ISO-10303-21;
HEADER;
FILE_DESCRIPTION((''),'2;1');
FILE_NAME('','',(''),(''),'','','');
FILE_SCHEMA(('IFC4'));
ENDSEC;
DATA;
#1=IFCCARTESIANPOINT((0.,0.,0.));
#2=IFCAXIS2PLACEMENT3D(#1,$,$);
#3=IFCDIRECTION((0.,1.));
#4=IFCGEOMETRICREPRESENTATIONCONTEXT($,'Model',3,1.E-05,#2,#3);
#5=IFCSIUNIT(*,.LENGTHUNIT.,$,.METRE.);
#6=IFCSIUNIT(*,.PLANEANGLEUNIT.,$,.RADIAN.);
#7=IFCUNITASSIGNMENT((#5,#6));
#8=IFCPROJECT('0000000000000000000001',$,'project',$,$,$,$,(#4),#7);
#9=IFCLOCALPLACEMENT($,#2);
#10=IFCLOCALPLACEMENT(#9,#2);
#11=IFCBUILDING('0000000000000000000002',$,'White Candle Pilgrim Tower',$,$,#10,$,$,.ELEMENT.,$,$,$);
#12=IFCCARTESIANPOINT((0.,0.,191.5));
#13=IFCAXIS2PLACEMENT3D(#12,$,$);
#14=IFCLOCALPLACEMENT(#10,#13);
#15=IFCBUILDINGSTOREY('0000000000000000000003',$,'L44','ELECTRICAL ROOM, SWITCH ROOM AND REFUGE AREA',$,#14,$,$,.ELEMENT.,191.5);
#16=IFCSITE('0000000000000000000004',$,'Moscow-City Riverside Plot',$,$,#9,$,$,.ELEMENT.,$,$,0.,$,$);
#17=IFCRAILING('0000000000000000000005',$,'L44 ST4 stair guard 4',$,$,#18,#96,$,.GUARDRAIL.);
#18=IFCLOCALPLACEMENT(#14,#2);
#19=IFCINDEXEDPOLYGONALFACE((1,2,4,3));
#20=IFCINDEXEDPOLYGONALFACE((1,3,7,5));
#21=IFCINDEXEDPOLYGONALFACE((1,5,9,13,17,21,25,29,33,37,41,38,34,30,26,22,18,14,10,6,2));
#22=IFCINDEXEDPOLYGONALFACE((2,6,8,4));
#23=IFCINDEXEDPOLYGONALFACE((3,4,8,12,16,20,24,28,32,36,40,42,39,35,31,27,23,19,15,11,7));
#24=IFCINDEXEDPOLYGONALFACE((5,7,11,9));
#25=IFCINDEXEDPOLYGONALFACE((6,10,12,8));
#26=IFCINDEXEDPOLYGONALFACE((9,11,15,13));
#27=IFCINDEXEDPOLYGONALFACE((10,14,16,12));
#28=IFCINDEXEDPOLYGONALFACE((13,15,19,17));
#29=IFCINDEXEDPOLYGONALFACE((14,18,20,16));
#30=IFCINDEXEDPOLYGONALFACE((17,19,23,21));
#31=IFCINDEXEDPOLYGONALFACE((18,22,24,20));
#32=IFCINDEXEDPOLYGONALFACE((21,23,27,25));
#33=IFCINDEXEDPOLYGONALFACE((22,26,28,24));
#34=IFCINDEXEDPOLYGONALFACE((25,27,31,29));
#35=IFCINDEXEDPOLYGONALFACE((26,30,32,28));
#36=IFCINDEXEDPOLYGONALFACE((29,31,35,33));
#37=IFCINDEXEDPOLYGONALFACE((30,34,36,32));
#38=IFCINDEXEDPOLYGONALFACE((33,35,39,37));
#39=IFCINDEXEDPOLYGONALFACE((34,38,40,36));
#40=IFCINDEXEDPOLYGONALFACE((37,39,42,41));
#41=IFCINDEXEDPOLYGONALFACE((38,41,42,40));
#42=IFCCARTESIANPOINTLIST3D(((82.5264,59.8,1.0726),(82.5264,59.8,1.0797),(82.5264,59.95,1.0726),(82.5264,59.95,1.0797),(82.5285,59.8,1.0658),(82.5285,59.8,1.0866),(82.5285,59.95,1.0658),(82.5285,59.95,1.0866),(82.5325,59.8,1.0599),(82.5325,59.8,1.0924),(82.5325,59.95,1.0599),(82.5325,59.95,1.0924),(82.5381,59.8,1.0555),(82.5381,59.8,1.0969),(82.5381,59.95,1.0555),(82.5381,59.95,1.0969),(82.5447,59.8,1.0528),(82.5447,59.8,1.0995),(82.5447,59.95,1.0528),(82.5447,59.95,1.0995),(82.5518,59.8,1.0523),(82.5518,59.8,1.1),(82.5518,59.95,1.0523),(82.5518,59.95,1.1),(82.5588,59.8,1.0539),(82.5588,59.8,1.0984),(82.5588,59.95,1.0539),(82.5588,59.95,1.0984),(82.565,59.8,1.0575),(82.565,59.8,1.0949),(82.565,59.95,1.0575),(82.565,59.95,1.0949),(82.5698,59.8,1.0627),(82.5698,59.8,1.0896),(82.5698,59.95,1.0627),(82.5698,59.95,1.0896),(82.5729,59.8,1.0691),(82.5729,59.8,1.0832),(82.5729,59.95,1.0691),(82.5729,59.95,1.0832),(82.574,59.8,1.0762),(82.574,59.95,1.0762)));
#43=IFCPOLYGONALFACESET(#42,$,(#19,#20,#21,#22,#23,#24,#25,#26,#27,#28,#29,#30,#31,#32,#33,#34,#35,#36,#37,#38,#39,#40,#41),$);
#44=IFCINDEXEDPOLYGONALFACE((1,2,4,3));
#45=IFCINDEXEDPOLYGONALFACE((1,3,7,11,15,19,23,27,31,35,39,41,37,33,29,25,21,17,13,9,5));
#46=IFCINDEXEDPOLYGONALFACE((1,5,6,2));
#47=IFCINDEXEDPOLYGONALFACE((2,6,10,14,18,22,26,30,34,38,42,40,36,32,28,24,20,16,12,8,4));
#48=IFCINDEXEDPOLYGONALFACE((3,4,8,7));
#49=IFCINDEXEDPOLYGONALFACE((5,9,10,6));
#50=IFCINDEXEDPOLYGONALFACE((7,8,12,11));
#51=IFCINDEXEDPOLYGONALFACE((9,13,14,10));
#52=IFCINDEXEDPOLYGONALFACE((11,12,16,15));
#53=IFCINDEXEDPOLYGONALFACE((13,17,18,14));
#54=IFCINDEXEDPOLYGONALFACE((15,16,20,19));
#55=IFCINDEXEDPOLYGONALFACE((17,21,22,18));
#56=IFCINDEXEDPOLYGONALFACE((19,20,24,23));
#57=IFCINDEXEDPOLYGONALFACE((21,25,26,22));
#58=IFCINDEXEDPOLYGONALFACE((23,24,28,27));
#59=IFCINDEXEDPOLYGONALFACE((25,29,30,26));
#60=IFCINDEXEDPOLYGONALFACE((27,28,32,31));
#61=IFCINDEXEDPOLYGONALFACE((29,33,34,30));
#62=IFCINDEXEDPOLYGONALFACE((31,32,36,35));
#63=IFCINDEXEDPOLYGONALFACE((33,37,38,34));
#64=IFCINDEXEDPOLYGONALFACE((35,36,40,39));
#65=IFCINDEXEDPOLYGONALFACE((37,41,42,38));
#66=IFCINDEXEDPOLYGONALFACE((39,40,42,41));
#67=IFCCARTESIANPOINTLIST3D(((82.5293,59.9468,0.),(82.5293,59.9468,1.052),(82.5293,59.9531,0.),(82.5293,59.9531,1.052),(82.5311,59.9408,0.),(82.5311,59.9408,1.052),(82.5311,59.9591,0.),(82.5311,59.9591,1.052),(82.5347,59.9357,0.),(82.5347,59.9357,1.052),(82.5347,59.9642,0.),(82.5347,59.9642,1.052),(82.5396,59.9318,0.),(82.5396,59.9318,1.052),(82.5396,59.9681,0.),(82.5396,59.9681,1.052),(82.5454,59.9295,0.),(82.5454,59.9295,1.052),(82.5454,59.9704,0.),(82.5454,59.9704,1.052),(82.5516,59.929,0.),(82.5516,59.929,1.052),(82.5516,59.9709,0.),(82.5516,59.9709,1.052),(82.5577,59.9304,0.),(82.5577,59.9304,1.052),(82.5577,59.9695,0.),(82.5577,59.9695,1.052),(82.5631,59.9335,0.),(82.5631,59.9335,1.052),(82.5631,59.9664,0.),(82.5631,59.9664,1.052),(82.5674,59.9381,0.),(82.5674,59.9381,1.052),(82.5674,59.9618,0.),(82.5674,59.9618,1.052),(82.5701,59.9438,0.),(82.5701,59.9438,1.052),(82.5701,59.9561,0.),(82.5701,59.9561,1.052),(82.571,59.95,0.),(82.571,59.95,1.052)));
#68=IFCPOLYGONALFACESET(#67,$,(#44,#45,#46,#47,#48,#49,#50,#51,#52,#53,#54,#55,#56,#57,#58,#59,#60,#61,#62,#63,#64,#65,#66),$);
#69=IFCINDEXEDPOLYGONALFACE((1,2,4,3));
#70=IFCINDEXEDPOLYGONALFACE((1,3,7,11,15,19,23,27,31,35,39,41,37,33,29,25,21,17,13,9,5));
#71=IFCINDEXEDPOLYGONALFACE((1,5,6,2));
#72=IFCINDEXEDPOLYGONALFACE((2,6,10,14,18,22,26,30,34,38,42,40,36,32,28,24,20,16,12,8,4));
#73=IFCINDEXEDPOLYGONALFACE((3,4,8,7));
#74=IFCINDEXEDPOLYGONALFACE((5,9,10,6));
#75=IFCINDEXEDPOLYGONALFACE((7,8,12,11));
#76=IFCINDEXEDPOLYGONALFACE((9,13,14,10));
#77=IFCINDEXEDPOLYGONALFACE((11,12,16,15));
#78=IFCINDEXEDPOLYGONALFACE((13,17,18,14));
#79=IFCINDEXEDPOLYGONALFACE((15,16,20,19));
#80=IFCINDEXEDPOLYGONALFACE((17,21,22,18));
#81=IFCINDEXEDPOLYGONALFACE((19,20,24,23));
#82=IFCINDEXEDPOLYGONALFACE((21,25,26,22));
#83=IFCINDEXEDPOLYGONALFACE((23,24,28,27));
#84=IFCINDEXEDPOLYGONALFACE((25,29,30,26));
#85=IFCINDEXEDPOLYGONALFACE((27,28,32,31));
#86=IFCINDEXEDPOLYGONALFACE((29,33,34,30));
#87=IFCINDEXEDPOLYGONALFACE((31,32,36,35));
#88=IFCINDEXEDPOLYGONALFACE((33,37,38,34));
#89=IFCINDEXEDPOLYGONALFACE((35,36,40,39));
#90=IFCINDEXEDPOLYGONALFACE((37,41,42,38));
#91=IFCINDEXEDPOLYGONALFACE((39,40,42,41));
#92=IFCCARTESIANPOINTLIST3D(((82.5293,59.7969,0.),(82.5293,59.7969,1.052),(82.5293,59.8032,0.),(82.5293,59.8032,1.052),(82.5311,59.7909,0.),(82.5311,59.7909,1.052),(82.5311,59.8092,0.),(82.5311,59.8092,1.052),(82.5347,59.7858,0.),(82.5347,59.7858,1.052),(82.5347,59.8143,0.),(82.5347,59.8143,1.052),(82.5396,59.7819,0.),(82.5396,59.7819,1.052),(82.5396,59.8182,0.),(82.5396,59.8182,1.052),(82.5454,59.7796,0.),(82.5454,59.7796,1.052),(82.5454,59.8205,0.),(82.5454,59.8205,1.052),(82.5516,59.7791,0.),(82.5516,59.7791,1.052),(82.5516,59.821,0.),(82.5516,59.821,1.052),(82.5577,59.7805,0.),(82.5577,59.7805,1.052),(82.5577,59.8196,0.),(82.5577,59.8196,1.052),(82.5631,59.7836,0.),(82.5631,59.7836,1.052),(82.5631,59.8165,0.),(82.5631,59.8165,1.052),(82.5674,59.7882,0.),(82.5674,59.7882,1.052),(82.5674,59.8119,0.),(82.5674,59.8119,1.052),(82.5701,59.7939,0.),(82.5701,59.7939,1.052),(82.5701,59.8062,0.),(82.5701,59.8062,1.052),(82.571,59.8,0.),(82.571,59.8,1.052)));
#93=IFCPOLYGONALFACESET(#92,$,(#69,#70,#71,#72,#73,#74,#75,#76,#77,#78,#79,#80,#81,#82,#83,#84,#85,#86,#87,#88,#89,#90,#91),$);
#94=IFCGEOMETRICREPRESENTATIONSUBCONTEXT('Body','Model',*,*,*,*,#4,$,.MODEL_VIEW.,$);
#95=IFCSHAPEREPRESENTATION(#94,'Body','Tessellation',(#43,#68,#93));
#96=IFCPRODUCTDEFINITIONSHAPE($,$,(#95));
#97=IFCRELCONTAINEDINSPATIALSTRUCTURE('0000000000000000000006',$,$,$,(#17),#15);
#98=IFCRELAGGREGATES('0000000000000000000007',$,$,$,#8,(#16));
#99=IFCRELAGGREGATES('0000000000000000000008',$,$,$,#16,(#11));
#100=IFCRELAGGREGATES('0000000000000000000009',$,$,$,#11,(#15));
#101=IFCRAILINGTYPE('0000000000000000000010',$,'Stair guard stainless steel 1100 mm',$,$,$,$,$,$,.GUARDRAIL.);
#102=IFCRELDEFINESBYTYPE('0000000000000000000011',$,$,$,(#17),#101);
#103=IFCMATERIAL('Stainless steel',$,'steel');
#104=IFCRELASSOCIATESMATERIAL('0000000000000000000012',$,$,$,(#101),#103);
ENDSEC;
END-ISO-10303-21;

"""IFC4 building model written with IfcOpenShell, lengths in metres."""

from ifc_helpers import new_model, si_unit, direction, frame, origin, origin_2d, place, context, subcontext, project, spatial, circle, extrude, material, type_object, element, save


model = new_model("IFC4")

# Units and contexts
model_context = context("Model", 3, precision=1e-05, world=origin(), true_north=direction((0.0, 1.0)))
body_context = subcontext(model_context, "Body", "Model", "MODEL_VIEW")
ifc_project = project(units=[si_unit("LENGTHUNIT", "METRE"), si_unit("PLANEANGLEUNIT", "RADIAN")], contexts=[model_context])

# Site, building, storey
site_placement = place(None, origin())
site = spatial("IfcSite", under=ifc_project, at=site_placement, Name="Moscow-City Riverside Plot", CompositionType="ELEMENT", RefElevation=0.0)
building_placement = place(site_placement, origin())
building = spatial("IfcBuilding", under=site, at=building_placement, Name="White Candle Pilgrim Tower", CompositionType="ELEMENT")
storey_placement = place(building_placement, frame((0.0, 0.0, 191.5)))
storey = spatial("IfcBuildingStorey", under=building, at=storey_placement, Name="L44", Description="ELECTRICAL ROOM, SWITCH ROOM AND REFUGE AREA", CompositionType="ELEMENT", Elevation=191.5)

# Railing
ifc_material_1 = material(Name="Stainless steel", Category="steel")
railing_type = type_object("IfcRailingType", Name="Stair guard stainless steel 1100 mm", PredefinedType="GUARDRAIL", material=ifc_material_1)
railing_placement = place(storey_placement, frame((82.55, 59.95, 0.0)))
element("IfcRailing", 1, at=railing_placement, inside=storey, type_object=railing_type, Name="L44 ST4 stair guard 4", PredefinedType="GUARDRAIL", context=body_context, shape_type="SweptSolid", body=[
    extrude(circle(Radius=0.0239, at=origin_2d()), frame((0.0, 0.0, 1.0762), z_axis=(0.0, -1.0, 0.0), x_axis=(1.0, 0.0, 0.0)), (0.0, 0.0, 1.0), 0.1499),
    extrude(circle(Radius=0.021, at=origin_2d()), origin(), (0.0, 0.0, 1.0), 1.052),
    extrude(circle(Radius=0.021, at=origin_2d()), frame((0.0, -0.1499, 0.0)), (0.0, 0.0, 1.0), 1.052),
])

save(model, "model.ifc")
